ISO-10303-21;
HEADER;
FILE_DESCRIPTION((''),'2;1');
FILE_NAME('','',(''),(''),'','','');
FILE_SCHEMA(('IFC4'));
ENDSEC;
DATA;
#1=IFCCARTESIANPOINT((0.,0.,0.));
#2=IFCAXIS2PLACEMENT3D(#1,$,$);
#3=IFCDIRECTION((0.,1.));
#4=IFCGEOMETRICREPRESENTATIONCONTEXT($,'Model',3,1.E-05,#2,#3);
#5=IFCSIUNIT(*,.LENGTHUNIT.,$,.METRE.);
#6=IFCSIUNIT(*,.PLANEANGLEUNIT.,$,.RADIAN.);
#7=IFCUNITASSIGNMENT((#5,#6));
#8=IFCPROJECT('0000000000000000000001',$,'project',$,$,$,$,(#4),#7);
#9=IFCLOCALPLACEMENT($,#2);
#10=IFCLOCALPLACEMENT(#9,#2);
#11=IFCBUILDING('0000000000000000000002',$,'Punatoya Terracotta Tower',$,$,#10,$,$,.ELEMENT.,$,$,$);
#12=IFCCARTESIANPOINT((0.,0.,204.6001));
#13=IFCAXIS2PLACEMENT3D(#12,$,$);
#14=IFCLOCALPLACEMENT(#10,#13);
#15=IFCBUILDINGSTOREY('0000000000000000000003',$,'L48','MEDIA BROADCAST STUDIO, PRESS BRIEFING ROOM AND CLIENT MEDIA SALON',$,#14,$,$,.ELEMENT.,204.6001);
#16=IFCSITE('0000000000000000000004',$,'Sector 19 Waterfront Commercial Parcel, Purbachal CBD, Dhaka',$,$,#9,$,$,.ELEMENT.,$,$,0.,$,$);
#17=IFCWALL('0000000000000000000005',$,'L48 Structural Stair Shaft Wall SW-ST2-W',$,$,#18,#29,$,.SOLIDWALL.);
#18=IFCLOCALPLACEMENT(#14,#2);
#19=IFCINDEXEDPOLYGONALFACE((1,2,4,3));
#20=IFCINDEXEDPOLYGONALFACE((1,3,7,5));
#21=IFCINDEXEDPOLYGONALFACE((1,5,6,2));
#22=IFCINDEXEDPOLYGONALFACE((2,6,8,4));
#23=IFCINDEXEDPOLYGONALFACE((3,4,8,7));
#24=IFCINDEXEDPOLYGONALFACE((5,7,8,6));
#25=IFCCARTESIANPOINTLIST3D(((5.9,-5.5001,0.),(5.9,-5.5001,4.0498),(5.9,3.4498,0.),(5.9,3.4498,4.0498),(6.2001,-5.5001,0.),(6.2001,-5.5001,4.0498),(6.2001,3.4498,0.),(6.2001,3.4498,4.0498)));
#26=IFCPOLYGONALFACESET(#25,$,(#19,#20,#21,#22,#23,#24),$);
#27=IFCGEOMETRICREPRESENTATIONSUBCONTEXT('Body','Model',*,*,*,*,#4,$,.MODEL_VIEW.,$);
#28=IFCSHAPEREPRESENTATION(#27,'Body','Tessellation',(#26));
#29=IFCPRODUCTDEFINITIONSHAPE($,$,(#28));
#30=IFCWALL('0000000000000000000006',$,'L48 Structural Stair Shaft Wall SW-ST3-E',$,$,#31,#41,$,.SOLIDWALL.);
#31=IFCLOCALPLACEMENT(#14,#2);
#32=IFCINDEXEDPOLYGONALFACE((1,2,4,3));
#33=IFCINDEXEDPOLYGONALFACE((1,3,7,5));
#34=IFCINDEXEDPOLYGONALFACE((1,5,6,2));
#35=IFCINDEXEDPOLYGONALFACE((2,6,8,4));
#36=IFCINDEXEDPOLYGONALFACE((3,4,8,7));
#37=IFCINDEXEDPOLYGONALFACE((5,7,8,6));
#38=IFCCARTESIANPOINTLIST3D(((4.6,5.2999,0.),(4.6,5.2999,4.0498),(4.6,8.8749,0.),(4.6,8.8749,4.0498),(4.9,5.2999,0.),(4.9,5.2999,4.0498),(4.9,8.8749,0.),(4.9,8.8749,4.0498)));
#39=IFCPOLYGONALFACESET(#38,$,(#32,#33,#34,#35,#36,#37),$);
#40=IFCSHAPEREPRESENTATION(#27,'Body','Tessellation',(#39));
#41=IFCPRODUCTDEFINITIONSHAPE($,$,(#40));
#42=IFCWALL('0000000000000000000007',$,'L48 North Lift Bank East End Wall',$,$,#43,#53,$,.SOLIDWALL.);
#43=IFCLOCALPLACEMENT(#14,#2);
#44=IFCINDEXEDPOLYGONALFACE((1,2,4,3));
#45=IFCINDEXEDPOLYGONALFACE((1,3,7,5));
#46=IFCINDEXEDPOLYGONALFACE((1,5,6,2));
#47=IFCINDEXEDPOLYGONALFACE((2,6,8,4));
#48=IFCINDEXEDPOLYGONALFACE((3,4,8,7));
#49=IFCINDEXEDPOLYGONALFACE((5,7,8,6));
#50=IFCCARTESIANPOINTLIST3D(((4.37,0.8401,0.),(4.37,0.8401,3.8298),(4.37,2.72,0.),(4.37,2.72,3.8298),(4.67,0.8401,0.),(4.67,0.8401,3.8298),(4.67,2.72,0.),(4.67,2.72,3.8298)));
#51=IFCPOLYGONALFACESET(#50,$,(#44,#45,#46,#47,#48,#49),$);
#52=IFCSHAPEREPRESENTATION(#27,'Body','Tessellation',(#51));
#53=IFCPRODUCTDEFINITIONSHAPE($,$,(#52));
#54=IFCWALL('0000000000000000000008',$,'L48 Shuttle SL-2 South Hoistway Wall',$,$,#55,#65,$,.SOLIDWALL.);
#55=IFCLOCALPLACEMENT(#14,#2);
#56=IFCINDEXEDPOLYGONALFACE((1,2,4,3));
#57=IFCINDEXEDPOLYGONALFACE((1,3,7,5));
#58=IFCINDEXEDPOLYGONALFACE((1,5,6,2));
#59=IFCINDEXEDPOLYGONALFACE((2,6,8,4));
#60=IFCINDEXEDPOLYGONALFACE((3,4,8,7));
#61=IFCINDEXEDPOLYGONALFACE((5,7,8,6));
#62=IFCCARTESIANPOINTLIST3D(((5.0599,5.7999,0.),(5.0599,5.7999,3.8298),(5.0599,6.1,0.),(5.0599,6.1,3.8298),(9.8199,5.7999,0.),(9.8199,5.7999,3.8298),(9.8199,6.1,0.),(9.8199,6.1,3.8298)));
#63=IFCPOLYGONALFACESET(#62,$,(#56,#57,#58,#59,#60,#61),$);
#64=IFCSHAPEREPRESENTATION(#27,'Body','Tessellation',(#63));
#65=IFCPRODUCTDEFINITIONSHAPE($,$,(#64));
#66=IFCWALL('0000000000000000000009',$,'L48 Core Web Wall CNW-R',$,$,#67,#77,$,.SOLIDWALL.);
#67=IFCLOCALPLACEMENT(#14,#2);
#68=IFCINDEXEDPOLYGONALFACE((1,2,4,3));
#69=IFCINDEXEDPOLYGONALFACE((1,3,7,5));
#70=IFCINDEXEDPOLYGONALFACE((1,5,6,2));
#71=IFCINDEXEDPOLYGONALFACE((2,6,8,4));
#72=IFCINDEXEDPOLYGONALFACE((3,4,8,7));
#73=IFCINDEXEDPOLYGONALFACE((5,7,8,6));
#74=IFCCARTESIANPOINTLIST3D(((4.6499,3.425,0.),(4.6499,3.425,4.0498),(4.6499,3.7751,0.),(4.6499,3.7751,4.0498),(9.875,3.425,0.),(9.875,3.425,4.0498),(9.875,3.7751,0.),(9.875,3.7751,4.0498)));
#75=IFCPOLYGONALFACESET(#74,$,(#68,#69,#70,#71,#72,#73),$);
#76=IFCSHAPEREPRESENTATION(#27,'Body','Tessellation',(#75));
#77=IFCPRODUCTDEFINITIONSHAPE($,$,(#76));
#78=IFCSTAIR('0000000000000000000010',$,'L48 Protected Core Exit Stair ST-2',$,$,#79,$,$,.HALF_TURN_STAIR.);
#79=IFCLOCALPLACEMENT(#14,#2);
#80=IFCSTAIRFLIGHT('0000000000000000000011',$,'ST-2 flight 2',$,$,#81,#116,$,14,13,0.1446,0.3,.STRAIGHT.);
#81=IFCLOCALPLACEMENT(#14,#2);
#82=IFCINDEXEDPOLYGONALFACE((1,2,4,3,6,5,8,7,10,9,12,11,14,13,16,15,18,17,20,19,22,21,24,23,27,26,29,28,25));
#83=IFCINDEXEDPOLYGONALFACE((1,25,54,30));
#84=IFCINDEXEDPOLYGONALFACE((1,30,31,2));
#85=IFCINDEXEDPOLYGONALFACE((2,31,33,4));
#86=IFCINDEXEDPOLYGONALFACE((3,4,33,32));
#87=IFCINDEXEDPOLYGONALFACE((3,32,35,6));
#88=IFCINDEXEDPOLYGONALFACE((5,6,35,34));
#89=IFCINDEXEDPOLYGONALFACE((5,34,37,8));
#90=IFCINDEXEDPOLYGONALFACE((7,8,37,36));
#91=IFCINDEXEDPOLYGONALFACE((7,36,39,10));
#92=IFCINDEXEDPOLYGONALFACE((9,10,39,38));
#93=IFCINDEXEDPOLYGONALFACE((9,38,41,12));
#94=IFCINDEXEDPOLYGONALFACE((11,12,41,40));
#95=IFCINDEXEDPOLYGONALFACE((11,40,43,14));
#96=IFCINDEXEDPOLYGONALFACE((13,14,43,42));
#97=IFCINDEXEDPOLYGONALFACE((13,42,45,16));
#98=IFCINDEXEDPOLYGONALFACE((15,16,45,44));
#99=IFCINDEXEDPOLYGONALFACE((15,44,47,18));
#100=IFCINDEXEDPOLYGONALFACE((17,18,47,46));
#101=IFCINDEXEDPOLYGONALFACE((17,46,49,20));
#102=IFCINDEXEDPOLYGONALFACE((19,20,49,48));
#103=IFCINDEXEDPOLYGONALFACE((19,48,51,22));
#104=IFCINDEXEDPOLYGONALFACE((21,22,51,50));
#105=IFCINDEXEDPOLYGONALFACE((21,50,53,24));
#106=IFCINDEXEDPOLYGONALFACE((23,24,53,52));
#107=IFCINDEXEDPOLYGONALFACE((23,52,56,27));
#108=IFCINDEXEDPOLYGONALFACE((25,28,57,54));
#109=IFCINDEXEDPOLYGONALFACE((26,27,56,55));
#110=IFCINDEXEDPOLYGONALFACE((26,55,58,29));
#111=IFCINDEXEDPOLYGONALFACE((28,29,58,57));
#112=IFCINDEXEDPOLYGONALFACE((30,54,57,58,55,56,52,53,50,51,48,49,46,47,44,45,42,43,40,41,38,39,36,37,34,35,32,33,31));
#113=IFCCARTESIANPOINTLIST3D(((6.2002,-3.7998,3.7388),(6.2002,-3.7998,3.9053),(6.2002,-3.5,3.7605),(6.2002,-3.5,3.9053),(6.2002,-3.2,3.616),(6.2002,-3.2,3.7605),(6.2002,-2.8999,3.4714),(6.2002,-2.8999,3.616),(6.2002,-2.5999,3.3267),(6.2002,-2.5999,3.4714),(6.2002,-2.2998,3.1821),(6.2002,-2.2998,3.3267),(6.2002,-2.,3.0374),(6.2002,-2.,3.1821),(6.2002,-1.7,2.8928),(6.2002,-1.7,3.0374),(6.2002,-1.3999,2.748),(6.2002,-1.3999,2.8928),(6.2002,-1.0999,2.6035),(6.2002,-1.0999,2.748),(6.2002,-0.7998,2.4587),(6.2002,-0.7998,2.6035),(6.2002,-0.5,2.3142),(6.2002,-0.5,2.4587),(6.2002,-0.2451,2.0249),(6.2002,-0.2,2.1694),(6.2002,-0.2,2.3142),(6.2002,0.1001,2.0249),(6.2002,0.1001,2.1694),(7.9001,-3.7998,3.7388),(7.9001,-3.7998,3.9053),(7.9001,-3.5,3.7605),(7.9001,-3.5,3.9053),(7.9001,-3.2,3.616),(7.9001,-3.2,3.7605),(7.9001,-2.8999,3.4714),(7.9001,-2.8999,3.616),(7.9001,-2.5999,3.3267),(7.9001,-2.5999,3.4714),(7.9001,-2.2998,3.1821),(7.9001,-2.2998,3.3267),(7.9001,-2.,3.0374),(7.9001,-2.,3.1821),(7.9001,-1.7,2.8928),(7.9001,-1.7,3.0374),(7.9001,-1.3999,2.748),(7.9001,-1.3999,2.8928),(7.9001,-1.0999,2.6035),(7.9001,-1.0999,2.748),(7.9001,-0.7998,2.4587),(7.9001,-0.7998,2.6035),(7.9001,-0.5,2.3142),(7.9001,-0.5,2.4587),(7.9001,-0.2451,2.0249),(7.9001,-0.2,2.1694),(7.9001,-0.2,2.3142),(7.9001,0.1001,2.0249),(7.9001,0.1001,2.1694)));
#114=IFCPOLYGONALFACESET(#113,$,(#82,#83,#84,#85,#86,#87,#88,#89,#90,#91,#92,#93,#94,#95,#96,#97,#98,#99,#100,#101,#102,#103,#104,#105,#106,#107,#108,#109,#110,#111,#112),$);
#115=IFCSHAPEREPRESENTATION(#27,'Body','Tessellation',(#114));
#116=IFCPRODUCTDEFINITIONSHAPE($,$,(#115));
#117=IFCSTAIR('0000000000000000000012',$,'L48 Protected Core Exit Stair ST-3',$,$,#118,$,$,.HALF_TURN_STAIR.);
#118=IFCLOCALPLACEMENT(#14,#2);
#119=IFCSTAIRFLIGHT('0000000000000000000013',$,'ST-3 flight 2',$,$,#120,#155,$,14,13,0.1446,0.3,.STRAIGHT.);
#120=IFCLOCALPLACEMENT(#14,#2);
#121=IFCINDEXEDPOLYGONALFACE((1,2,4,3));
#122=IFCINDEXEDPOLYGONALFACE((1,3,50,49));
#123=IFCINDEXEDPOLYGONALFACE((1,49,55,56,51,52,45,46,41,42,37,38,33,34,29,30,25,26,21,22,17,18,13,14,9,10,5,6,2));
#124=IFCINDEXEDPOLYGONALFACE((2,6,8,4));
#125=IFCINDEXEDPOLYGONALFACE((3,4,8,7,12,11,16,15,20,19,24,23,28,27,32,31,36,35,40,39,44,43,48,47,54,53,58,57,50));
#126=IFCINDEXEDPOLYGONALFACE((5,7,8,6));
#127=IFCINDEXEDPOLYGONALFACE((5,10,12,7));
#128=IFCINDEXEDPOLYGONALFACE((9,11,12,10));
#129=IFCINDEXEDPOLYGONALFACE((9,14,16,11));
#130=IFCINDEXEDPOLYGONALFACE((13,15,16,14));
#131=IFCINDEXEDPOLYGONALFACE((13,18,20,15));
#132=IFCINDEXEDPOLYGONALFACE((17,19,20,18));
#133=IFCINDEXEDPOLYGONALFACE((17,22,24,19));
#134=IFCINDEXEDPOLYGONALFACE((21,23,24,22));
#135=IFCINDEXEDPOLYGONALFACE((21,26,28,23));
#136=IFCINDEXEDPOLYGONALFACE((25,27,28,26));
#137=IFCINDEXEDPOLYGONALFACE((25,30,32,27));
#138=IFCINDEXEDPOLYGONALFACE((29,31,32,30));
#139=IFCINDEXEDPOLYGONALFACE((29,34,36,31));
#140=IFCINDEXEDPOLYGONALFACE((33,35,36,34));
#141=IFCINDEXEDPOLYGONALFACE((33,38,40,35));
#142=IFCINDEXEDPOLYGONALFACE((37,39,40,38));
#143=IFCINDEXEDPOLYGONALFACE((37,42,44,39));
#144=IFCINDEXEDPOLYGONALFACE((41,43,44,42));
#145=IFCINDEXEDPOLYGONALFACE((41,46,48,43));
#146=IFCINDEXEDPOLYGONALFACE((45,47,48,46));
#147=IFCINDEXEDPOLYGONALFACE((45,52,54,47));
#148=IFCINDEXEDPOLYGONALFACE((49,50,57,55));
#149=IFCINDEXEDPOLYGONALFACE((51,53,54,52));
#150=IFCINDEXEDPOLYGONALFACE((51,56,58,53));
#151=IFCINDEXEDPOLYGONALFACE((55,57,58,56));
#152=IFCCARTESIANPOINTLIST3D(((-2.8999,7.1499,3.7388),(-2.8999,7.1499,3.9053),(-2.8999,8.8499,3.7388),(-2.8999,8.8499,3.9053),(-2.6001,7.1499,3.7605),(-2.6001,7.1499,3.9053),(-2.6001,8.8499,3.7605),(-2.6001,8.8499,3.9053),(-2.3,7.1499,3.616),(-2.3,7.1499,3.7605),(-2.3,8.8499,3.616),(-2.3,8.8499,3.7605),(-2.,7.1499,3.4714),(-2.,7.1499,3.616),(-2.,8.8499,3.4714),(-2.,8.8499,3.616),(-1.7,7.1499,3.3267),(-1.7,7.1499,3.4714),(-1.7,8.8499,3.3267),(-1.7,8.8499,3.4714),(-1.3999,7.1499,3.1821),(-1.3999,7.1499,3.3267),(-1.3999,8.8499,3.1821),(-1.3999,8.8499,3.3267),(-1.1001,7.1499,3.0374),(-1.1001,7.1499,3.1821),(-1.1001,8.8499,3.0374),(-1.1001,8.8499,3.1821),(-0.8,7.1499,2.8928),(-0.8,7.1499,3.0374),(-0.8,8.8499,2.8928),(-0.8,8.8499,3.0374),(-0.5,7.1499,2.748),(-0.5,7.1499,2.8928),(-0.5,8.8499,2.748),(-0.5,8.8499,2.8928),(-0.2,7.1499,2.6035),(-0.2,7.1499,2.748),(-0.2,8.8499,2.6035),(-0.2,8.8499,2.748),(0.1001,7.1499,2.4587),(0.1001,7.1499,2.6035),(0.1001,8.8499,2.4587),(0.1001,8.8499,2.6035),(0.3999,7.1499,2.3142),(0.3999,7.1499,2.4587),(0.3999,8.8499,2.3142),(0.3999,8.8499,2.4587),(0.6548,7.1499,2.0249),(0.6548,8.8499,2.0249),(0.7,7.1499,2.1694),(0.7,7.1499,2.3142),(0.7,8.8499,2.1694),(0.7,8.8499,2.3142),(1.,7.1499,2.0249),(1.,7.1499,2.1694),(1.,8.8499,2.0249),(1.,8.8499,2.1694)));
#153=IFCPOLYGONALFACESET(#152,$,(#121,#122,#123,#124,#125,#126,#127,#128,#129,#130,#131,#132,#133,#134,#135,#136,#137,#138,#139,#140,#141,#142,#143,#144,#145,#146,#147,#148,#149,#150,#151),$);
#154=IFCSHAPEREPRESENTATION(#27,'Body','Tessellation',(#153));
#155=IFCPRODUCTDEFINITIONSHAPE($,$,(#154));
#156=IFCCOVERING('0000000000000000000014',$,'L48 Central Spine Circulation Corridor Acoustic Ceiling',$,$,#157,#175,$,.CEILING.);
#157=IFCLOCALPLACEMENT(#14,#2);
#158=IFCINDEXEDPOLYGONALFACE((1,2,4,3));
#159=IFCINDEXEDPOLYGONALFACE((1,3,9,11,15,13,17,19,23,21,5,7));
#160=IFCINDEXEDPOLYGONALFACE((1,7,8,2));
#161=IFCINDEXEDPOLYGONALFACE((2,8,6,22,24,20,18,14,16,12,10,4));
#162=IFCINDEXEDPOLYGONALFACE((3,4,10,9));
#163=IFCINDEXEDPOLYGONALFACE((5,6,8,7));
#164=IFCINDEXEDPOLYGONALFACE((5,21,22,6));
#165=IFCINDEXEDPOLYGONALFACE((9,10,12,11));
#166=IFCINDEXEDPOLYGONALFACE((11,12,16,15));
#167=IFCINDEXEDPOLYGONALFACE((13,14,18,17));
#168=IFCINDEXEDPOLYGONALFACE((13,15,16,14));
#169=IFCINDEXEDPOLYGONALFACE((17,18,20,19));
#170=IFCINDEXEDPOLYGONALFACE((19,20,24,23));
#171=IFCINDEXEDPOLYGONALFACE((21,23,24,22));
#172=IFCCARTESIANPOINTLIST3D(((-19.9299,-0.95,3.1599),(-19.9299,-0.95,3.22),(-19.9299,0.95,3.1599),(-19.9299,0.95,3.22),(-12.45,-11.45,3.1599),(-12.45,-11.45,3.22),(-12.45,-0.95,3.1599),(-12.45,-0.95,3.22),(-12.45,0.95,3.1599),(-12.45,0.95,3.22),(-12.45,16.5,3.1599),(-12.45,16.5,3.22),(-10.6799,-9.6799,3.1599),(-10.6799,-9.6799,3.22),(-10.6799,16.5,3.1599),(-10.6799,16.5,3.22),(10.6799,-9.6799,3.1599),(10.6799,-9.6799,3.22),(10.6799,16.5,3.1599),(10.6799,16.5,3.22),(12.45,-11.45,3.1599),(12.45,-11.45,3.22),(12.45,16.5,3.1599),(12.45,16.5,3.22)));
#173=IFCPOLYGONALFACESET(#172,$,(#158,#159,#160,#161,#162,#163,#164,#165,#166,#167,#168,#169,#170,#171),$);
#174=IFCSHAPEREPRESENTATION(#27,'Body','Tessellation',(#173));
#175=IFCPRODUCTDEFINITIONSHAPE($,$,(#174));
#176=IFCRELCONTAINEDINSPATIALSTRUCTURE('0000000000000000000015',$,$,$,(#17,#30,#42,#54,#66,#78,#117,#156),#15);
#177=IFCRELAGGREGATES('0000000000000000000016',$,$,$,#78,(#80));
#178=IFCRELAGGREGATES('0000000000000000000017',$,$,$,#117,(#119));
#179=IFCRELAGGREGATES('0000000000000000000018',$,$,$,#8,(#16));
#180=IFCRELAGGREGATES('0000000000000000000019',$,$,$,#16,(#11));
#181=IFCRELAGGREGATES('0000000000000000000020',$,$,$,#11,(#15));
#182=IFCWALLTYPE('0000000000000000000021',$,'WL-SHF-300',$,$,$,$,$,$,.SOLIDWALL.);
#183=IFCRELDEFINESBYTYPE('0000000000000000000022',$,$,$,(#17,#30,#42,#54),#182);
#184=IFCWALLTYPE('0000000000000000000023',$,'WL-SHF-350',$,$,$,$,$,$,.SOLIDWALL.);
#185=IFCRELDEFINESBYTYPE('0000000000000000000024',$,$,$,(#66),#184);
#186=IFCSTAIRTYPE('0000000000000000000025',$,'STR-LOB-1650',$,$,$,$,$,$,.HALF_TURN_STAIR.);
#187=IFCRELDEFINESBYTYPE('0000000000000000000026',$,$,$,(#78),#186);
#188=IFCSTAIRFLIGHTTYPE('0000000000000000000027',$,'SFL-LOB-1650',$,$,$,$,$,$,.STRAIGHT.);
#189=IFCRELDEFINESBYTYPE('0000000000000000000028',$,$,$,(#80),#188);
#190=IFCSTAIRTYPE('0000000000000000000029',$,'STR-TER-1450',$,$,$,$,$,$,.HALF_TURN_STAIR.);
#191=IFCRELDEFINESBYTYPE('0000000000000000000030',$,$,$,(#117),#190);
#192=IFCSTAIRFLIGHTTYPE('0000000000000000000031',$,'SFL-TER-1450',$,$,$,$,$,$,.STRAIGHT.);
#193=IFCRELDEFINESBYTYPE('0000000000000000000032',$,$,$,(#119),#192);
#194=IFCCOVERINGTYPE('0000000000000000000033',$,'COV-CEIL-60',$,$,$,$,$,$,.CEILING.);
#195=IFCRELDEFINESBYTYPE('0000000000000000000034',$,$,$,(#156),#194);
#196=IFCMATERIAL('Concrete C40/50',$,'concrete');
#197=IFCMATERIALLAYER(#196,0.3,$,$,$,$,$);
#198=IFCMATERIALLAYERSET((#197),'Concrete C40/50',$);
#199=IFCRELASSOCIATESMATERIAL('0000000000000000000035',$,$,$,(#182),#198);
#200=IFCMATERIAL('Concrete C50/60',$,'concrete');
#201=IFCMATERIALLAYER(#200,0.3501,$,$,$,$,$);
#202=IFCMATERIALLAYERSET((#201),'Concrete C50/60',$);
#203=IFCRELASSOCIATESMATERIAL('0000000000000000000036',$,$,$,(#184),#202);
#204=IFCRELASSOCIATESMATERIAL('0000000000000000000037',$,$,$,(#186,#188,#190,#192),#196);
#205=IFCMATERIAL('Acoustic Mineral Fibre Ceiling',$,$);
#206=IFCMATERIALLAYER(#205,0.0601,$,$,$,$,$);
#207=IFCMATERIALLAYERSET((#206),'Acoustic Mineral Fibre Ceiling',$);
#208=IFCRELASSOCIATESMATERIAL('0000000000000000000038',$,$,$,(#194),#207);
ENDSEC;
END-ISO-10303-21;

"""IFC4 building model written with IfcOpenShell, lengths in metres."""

from ifc_helpers import new_model, si_unit, direction, frame, frame_2d, origin, place, context, subcontext, project, spatial, polyline, rectangle, outline, extrude, material, layer, layer_set, type_object, element, aggregate, save


model = new_model("IFC4")

# Units and contexts
model_context = context("Model", 3, precision=1e-05, world=origin(), true_north=direction((0.0, 1.0)))
body_context = subcontext(model_context, "Body", "Model", "MODEL_VIEW")
ifc_project = project(units=[si_unit("LENGTHUNIT", "METRE"), si_unit("PLANEANGLEUNIT", "RADIAN")], contexts=[model_context])

# Site, building, storey
site_placement = place(None, origin())
site = spatial("IfcSite", under=ifc_project, at=site_placement, Name="Sector 19 Waterfront Commercial Parcel, Purbachal CBD, Dhaka", CompositionType="ELEMENT", RefElevation=0.0)
building_placement = place(site_placement, origin())
building = spatial("IfcBuilding", under=site, at=building_placement, Name="Punatoya Terracotta Tower", CompositionType="ELEMENT")
storey_placement = place(building_placement, frame((0.0, 0.0, 204.6001)))
storey = spatial("IfcBuildingStorey", under=building, at=storey_placement, Name="L48", Description="MEDIA BROADCAST STUDIO, PRESS BRIEFING ROOM AND CLIENT MEDIA SALON", CompositionType="ELEMENT", Elevation=204.6001)

# Walls
ifc_material_1 = material(Name="Concrete C40/50", Category="concrete")
ifc_layer_1 = layer(ifc_material_1, 0.3)
ifc_layer_set_1 = layer_set([ifc_layer_1], Name="Concrete C40/50")
wall_type_1 = type_object("IfcWallType", Name="WL-SHF-300", PredefinedType="SOLIDWALL", material=ifc_layer_set_1)
wall_1_placement = place(storey_placement, frame((6.05, 3.45, 0.0), z_axis=(0.0, 0.0, 1.0), x_axis=(0.0, -1.0, 0.0)))
element("IfcWall", 1, at=wall_1_placement, inside=storey, type_object=wall_type_1, Name="L48 Structural Stair Shaft Wall SW-ST2-W", PredefinedType="SOLIDWALL", context=body_context, shape_type="SweptSolid", body=[
    extrude(rectangle(XDim=8.95, YDim=0.3, at=frame_2d((4.4751, 0.0))), origin(), (0.0, 0.0, 1.0), 4.0498),
])
wall_2_placement = place(storey_placement, frame((4.75, 8.875, 0.0), z_axis=(0.0, 0.0, 1.0), x_axis=(0.0, -1.0, 0.0)))
element("IfcWall", 2, at=wall_2_placement, inside=storey, type_object=wall_type_1, Name="L48 Structural Stair Shaft Wall SW-ST3-E", PredefinedType="SOLIDWALL", context=body_context, shape_type="SweptSolid", body=[
    extrude(rectangle(XDim=3.575, YDim=0.3, at=frame_2d((1.7876, 0.0))), origin(), (0.0, 0.0, 1.0), 4.0498),
])
wall_3_placement = place(storey_placement, frame((4.52, 0.8401, 0.0), z_axis=(0.0, 0.0, 1.0), x_axis=(0.0, 1.0, 0.0)))
element("IfcWall", 3, at=wall_3_placement, inside=storey, type_object=wall_type_1, Name="L48 North Lift Bank East End Wall", PredefinedType="SOLIDWALL", context=body_context, shape_type="SweptSolid", body=[
    extrude(rectangle(XDim=1.8799, YDim=0.3, at=frame_2d((0.9399, 0.0))), origin(), (0.0, 0.0, 1.0), 3.8298),
])
wall_4_placement = place(storey_placement, frame((5.0601, 5.95, 0.0), z_axis=(0.0, 0.0, 1.0), x_axis=(1.0, 0.0, 0.0)))
element("IfcWall", 4, at=wall_4_placement, inside=storey, type_object=wall_type_1, Name="L48 Shuttle SL-2 South Hoistway Wall", PredefinedType="SOLIDWALL", context=body_context, shape_type="SweptSolid", body=[
    extrude(rectangle(XDim=4.76, YDim=0.3, at=frame_2d((2.3799, 0.0))), origin(), (0.0, 0.0, 1.0), 3.8298),
])
ifc_material_2 = material(Name="Concrete C50/60", Category="concrete")
ifc_layer_2 = layer(ifc_material_2, 0.3501)
ifc_layer_set_2 = layer_set([ifc_layer_2], Name="Concrete C50/60")
wall_type_2 = type_object("IfcWallType", Name="WL-SHF-350", PredefinedType="SOLIDWALL", material=ifc_layer_set_2)
wall_5_placement = place(storey_placement, frame((4.6499, 3.6001, 0.0), z_axis=(0.0, 0.0, 1.0), x_axis=(1.0, 0.0, 0.0)))
element("IfcWall", 5, at=wall_5_placement, inside=storey, type_object=wall_type_2, Name="L48 Core Web Wall CNW-R", PredefinedType="SOLIDWALL", context=body_context, shape_type="SweptSolid", body=[
    extrude(rectangle(XDim=5.2251, YDim=0.3501, at=frame_2d((2.6125, 0.0))), origin(), (0.0, 0.0, 1.0), 4.0498),
])

# Stairs, stair flights
stair_type_1 = type_object("IfcStairType", Name="STR-LOB-1650", PredefinedType="HALF_TURN_STAIR", material=ifc_material_1)
stair_1_placement = place(storey_placement, origin())
stair_1 = element("IfcStair", 6, at=stair_1_placement, inside=storey, type_object=stair_type_1, Name="L48 Protected Core Exit Stair ST-2", PredefinedType="HALF_TURN_STAIR")
stair_flight_type_1 = type_object("IfcStairFlightType", Name="SFL-LOB-1650", PredefinedType="STRAIGHT", material=ifc_material_1)
stair_flight_1_placement = place(storey_placement, frame((7.05, 0.1001, 2.0249), z_axis=(0.0, 0.0, 1.0), x_axis=(0.0, -1.0, 0.0)))
stair_flight_1 = element("IfcStairFlight", 7, at=stair_flight_1_placement, type_object=stair_flight_type_1, Name="ST-2 flight 2", NumberOfRisers=14, NumberOfTreads=13, PredefinedType="STRAIGHT", RiserHeight=0.1446, TreadLength=0.3, context=body_context, shape_type="SweptSolid", body=[
    extrude(outline(polyline([(0.0, 0.0), (0.0, 0.1445), (0.3, 0.1445), (0.3, 0.2893), (0.6001, 0.2893), (0.6001, 0.4338), (0.8999, 0.4338), (0.8999, 0.5786), (1.2, 0.5786), (1.2, 0.7231), (1.5, 0.7231), (1.5, 0.8679), (1.8, 0.8679), (1.8, 1.0125), (2.1001, 1.0125), (2.1001, 1.1572), (2.3999, 1.1572), (2.3999, 1.3018), (2.7, 1.3018), (2.7, 1.4465), (3.0, 1.4465), (3.0, 1.5911), (3.3, 1.5911), (3.3, 1.7356), (3.6001, 1.7356), (3.6001, 1.8804), (3.8999, 1.8804), (3.8999, 2.0249), (3.8999, 1.7139), (0.3452, 0.0), (0.0, 0.0)])), frame((0.0, 0.8501, 0.0), z_axis=(0.0, -1.0, 0.0), x_axis=(1.0, 0.0, 0.0)), (0.0, 0.0, 1.0), 1.7),
])
aggregate(stair_1, [stair_flight_1])
stair_type_2 = type_object("IfcStairType", Name="STR-TER-1450", PredefinedType="HALF_TURN_STAIR", material=ifc_material_1)
stair_2_placement = place(storey_placement, origin())
stair_2 = element("IfcStair", 8, at=stair_2_placement, inside=storey, type_object=stair_type_2, Name="L48 Protected Core Exit Stair ST-3", PredefinedType="HALF_TURN_STAIR")
stair_flight_type_2 = type_object("IfcStairFlightType", Name="SFL-TER-1450", PredefinedType="STRAIGHT", material=ifc_material_1)
stair_flight_2_placement = place(storey_placement, frame((1.0, 8.0, 2.0249), z_axis=(0.0, 0.0, 1.0), x_axis=(-1.0, 0.0, 0.0)))
stair_flight_2 = element("IfcStairFlight", 9, at=stair_flight_2_placement, type_object=stair_flight_type_2, Name="ST-3 flight 2", NumberOfRisers=14, NumberOfTreads=13, PredefinedType="STRAIGHT", RiserHeight=0.1446, TreadLength=0.3, context=body_context, shape_type="SweptSolid", body=[
    extrude(outline(polyline([(0.0, 0.0), (0.0, 0.1445), (0.3, 0.1445), (0.3, 0.2893), (0.6001, 0.2893), (0.6001, 0.4338), (0.8999, 0.4338), (0.8999, 0.5786), (1.2, 0.5786), (1.2, 0.7231), (1.5, 0.7231), (1.5, 0.8679), (1.8, 0.8679), (1.8, 1.0125), (2.1001, 1.0125), (2.1001, 1.1572), (2.3999, 1.1572), (2.3999, 1.3018), (2.7, 1.3018), (2.7, 1.4465), (3.0, 1.4465), (3.0, 1.5911), (3.3, 1.5911), (3.3, 1.7356), (3.6001, 1.7356), (3.6001, 1.8804), (3.8999, 1.8804), (3.8999, 2.0249), (3.8999, 1.7139), (0.3452, 0.0), (0.0, 0.0)])), frame((0.0, 0.8501, 0.0), z_axis=(0.0, -1.0, 0.0), x_axis=(1.0, 0.0, 0.0)), (0.0, 0.0, 1.0), 1.7),
])
aggregate(stair_2, [stair_flight_2])

# Covering
ifc_material_3 = material(Name="Acoustic Mineral Fibre Ceiling")
ifc_layer_3 = layer(ifc_material_3, 0.0601)
ifc_layer_set_3 = layer_set([ifc_layer_3], Name="Acoustic Mineral Fibre Ceiling")
covering_type = type_object("IfcCoveringType", Name="COV-CEIL-60", PredefinedType="CEILING", material=ifc_layer_set_3)
covering_1_placement = place(storey_placement, frame((0.0, 0.0, 3.1599)))
element("IfcCovering", 10, at=covering_1_placement, inside=storey, type_object=covering_type, Name="L48 Central Spine Circulation Corridor Acoustic Ceiling", PredefinedType="CEILING", context=body_context, shape_type="SweptSolid", body=[
    extrude(outline(polyline([(10.6799, 16.5), (10.6799, -9.6799), (-10.6799, -9.6799), (-10.6799, 16.5), (-12.45, 16.5), (-12.45, 0.95), (-19.9299, 0.95), (-19.9299, -0.95), (-12.45, -0.95), (-12.45, -11.45), (12.45, -11.45), (12.45, 16.5), (10.6799, 16.5)])), origin(), (0.0, 0.0, 1.0), 0.0601),
])

save(model, "model.ifc")
